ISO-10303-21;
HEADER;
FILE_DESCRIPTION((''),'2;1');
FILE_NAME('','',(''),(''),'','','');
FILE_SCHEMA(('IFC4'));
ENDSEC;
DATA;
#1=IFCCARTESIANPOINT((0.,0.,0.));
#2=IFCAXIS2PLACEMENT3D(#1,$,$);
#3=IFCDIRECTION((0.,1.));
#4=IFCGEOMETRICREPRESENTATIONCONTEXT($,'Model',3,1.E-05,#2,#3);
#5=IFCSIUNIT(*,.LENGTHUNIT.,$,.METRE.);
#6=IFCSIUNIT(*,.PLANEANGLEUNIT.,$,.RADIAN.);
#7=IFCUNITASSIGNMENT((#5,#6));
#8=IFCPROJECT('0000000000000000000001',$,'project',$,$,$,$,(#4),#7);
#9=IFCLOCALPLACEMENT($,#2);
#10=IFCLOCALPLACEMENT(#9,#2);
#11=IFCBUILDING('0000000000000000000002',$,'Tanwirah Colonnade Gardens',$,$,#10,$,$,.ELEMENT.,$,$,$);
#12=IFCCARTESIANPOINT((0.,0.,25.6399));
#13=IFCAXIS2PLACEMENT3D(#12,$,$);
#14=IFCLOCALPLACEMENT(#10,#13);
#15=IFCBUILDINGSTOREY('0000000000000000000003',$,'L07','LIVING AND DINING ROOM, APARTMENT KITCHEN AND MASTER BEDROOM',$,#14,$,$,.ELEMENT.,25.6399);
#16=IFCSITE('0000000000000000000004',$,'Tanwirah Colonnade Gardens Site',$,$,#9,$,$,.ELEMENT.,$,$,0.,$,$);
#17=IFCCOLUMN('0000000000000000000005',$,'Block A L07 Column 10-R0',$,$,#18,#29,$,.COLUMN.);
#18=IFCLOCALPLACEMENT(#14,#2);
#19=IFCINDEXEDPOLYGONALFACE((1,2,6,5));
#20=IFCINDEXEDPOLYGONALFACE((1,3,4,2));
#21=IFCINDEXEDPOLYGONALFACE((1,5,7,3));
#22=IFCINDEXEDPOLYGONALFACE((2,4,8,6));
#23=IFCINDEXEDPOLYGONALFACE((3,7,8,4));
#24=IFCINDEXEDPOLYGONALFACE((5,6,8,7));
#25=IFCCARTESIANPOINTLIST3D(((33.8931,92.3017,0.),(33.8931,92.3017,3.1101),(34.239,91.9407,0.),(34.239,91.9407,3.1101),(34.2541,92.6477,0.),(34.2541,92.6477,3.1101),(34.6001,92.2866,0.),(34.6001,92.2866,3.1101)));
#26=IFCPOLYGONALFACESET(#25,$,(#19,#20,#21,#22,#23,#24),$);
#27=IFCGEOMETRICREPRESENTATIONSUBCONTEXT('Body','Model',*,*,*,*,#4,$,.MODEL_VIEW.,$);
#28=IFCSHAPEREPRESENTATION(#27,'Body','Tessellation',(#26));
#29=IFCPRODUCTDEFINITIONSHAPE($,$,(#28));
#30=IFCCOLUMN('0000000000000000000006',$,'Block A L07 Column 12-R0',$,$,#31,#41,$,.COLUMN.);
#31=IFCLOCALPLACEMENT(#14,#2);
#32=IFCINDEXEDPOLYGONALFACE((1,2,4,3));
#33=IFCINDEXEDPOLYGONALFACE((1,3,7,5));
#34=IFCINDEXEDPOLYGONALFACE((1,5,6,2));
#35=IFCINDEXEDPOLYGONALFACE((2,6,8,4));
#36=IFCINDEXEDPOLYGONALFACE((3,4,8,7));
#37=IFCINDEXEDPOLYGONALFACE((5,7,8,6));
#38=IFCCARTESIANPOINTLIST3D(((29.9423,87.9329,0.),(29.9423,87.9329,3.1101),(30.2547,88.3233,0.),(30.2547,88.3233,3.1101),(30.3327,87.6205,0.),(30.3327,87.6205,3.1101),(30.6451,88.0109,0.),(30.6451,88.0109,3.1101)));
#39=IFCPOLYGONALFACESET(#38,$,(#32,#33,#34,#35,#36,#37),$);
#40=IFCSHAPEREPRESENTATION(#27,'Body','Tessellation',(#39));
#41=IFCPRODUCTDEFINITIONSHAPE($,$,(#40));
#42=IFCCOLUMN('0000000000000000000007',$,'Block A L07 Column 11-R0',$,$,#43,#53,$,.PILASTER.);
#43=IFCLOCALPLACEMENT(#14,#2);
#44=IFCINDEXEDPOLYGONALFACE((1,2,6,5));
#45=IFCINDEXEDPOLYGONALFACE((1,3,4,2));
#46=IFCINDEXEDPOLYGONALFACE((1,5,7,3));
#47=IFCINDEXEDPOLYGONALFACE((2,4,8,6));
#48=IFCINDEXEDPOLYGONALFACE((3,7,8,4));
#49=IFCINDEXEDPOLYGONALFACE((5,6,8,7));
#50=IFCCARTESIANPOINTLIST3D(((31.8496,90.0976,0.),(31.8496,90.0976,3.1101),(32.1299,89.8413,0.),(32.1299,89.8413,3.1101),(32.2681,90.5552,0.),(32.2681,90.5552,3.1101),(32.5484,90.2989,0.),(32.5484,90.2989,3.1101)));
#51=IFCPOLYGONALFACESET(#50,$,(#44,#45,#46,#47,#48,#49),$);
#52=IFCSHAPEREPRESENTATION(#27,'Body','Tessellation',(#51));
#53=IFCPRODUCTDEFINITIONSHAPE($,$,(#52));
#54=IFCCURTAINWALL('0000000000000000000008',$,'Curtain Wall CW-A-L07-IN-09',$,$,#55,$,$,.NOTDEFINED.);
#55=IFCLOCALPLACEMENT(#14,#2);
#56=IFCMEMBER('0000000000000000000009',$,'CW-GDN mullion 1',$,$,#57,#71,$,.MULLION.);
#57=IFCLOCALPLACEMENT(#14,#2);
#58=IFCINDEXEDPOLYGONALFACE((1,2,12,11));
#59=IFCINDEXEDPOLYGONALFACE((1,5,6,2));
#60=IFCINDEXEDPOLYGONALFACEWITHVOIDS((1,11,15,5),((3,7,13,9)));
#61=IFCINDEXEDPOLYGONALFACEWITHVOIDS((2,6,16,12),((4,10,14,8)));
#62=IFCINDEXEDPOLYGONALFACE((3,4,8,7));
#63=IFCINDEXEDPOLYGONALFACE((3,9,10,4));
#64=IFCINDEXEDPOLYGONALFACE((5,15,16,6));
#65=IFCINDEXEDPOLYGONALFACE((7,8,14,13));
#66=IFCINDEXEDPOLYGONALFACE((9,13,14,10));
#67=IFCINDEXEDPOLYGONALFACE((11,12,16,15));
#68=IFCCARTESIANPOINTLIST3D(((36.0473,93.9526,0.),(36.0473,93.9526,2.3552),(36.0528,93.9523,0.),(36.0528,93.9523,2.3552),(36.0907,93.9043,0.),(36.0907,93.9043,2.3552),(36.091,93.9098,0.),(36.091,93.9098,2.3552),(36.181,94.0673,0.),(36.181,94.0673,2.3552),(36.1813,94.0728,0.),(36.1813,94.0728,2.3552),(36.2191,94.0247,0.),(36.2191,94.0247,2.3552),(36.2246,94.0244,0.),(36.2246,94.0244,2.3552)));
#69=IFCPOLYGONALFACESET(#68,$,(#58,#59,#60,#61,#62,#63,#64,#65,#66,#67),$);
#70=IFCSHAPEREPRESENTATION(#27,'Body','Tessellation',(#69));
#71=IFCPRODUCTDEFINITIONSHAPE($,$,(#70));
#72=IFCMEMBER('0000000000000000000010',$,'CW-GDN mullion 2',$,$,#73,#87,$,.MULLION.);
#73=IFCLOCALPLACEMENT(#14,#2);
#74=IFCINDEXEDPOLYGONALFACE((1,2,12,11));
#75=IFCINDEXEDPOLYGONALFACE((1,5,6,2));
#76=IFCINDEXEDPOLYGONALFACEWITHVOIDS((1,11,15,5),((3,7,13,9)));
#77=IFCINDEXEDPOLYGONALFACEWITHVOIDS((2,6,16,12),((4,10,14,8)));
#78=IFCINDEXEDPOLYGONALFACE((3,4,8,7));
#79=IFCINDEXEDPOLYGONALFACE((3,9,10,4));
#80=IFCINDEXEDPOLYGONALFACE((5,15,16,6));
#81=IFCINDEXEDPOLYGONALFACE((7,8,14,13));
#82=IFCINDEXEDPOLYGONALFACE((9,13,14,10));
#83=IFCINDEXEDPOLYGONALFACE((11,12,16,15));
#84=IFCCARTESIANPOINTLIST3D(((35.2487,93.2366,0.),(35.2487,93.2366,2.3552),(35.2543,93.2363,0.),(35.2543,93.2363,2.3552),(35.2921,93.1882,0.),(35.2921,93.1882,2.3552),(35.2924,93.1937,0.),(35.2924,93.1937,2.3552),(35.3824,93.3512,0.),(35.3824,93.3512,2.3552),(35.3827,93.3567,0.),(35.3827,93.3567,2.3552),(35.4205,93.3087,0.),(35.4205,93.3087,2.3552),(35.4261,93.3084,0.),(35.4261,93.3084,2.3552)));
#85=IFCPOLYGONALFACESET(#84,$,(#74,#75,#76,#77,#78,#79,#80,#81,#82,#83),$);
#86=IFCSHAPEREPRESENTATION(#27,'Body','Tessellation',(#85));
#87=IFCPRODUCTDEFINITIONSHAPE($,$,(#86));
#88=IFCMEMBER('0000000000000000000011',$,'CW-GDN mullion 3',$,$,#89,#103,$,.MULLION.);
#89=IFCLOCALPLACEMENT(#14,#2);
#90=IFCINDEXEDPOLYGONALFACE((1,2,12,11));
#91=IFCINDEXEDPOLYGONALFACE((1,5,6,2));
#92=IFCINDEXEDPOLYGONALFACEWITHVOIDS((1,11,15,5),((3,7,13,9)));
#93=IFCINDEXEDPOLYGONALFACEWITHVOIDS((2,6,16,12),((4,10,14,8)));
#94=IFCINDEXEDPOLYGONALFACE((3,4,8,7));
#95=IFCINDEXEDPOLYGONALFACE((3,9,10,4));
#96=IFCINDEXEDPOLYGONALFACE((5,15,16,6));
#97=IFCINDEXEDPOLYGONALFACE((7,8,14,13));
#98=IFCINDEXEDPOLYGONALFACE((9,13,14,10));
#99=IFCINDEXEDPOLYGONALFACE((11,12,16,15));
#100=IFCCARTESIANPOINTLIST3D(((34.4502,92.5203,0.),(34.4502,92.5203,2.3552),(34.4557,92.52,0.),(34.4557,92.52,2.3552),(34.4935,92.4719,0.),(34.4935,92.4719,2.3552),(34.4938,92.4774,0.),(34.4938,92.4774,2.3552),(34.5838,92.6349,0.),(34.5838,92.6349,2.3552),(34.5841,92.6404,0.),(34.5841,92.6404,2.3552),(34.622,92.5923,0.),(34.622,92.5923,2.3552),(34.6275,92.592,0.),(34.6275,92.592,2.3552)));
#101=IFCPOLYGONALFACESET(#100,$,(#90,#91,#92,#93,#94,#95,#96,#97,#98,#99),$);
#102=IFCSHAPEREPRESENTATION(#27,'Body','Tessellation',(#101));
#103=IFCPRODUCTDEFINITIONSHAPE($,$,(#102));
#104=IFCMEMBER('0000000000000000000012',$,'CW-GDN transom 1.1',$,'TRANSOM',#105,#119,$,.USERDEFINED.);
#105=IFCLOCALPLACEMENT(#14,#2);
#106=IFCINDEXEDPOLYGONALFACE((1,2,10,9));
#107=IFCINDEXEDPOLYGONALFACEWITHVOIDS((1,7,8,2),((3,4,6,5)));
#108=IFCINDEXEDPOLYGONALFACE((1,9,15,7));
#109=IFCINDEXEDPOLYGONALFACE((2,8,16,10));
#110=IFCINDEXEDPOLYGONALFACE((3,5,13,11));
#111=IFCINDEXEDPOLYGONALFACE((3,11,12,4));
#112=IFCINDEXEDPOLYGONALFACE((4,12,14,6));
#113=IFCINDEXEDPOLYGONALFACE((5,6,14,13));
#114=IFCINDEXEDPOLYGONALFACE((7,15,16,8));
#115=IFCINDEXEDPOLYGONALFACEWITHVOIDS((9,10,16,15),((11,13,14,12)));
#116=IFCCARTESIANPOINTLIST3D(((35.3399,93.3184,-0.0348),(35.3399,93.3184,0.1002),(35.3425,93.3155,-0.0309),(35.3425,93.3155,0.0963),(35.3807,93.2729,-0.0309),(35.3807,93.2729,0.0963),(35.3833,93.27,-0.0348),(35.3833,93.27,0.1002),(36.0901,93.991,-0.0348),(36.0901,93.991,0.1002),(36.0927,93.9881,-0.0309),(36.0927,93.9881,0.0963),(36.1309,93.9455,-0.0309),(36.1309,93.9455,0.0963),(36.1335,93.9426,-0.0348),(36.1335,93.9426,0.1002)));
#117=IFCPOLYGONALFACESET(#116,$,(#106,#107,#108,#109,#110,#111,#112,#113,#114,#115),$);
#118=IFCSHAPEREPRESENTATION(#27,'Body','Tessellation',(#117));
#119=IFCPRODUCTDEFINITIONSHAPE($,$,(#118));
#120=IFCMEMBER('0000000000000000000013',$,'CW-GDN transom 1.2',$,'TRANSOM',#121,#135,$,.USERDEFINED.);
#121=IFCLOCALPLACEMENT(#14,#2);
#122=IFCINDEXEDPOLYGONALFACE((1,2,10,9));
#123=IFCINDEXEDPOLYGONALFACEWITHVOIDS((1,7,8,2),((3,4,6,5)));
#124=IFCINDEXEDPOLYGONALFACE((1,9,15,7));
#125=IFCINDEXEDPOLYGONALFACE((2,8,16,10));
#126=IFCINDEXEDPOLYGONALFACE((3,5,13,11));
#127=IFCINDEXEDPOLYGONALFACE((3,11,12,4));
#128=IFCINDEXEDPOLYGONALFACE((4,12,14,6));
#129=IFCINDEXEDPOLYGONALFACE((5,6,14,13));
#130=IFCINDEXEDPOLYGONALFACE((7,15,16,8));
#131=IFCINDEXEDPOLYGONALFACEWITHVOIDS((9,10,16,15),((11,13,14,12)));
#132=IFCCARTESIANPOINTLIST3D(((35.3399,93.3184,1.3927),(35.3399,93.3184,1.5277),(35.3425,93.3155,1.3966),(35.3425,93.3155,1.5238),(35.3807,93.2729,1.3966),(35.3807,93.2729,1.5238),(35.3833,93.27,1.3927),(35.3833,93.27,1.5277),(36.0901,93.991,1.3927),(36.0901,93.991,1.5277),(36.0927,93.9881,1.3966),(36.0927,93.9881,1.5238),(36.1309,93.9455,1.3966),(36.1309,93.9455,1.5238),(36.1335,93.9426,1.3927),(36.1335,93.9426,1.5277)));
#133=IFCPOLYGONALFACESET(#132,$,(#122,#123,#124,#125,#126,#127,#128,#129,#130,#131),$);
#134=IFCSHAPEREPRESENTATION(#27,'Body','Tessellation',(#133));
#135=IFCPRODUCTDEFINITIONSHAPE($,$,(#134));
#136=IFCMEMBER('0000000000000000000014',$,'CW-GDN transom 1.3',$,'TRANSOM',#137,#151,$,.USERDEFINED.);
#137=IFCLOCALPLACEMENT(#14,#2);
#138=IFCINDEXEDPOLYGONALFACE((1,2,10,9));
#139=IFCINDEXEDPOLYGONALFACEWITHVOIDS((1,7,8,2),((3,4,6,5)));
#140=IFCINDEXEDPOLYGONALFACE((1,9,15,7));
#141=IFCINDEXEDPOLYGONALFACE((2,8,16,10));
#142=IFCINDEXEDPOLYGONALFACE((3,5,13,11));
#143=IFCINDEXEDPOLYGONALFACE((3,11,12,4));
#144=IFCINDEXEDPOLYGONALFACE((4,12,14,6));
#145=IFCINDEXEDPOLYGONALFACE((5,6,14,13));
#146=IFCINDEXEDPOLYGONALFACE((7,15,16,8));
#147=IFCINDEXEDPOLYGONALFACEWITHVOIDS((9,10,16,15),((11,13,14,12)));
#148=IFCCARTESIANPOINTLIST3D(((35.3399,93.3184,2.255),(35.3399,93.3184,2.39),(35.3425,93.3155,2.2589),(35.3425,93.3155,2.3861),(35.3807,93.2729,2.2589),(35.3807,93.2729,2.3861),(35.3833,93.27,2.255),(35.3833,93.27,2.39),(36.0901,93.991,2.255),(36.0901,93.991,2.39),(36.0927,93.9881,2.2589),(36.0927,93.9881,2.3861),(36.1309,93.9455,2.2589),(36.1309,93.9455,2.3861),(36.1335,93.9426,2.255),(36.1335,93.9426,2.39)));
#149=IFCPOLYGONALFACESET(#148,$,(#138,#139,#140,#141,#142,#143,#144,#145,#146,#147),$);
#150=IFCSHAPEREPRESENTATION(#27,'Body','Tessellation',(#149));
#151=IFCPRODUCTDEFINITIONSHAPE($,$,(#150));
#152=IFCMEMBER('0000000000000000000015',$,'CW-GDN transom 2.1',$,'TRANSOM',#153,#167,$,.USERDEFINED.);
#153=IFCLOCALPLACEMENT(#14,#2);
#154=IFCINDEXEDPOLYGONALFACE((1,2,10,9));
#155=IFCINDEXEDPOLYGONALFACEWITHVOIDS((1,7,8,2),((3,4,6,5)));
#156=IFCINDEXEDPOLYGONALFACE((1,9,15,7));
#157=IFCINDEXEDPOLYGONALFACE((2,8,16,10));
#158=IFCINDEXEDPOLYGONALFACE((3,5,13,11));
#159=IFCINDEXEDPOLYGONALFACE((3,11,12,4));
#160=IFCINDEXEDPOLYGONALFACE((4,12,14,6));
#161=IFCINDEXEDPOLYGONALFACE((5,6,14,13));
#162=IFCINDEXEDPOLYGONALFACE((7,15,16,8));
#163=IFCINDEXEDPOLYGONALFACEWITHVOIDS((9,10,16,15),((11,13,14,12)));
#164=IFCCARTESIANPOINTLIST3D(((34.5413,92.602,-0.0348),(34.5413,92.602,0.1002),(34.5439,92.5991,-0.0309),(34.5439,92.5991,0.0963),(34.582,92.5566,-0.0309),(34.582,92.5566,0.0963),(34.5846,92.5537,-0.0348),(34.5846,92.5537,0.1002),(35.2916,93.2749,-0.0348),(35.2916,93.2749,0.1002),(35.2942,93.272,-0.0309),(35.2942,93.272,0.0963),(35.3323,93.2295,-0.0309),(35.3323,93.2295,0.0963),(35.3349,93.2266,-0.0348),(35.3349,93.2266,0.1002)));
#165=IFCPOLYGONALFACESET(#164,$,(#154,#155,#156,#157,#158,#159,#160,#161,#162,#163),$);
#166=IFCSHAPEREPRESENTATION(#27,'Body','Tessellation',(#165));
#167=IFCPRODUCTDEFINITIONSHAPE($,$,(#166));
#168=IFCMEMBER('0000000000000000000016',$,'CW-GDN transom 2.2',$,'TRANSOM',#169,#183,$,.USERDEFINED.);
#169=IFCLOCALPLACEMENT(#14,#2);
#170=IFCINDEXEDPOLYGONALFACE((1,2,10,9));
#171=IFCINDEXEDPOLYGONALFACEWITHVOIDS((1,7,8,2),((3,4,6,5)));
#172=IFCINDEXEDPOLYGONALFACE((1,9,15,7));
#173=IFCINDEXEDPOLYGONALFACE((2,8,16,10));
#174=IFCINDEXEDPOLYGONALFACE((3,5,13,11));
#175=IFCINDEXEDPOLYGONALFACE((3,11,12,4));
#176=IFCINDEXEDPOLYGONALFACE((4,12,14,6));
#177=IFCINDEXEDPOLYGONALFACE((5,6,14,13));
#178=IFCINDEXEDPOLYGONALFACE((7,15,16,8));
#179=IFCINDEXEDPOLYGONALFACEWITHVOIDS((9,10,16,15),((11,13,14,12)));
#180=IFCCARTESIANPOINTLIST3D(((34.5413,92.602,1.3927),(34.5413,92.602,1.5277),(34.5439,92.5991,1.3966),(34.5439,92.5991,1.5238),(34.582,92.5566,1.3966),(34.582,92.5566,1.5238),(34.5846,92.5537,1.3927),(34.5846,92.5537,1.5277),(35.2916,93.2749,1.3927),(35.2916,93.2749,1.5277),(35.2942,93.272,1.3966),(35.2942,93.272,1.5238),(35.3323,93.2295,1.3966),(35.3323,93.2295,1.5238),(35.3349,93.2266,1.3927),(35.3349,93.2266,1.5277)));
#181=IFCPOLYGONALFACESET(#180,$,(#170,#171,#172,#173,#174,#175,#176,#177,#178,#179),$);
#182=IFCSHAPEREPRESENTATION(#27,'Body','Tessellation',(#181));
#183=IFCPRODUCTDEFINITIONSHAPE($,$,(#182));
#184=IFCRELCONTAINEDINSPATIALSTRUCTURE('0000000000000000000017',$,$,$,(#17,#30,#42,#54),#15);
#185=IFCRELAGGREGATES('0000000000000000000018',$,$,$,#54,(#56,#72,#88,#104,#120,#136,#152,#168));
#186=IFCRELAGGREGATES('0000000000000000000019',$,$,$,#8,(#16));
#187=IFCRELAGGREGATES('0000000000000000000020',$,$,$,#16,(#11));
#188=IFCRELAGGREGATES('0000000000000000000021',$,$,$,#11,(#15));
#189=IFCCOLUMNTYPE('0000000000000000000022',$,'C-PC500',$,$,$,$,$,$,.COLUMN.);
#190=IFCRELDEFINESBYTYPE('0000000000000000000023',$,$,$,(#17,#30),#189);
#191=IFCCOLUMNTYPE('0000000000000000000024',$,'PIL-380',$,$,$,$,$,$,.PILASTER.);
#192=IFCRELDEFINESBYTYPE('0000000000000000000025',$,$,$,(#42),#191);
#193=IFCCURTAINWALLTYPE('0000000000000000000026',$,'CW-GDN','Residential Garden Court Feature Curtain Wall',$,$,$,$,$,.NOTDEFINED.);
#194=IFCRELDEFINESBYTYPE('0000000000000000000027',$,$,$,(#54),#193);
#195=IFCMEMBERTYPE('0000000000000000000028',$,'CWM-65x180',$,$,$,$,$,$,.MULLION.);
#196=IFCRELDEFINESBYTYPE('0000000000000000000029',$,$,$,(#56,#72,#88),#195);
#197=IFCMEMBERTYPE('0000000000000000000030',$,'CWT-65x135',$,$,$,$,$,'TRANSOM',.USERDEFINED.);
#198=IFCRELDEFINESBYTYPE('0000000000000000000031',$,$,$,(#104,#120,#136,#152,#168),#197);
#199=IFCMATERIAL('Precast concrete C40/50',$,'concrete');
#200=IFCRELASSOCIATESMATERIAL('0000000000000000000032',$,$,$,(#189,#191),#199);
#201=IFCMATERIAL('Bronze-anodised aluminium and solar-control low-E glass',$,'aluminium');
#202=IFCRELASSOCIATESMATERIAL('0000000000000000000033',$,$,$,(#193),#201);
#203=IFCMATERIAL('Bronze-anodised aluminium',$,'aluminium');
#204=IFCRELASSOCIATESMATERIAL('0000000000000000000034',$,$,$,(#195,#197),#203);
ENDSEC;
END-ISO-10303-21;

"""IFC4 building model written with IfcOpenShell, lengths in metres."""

from ifc_helpers import new_model, si_unit, direction, frame, origin, origin_2d, place, context, subcontext, project, spatial, rectangle, hollow_rectangle, extrude, material, material_profile, profile_set, type_object, element, aggregate, save


model = new_model("IFC4")

# Units and contexts
model_context = context("Model", 3, precision=1e-05, world=origin(), true_north=direction((0.0, 1.0)))
body_context = subcontext(model_context, "Body", "Model", "MODEL_VIEW")
ifc_project = project(units=[si_unit("LENGTHUNIT", "METRE"), si_unit("PLANEANGLEUNIT", "RADIAN")], contexts=[model_context])

# Site, building, storey
site_placement = place(None, origin())
site = spatial("IfcSite", under=ifc_project, at=site_placement, Name="Tanwirah Colonnade Gardens Site", CompositionType="ELEMENT", RefElevation=0.0)
building_placement = place(site_placement, origin())
building = spatial("IfcBuilding", under=site, at=building_placement, Name="Tanwirah Colonnade Gardens", CompositionType="ELEMENT")
storey_placement = place(building_placement, frame((0.0, 0.0, 25.6399)))
storey = spatial("IfcBuildingStorey", under=building, at=storey_placement, Name="L07", Description="LIVING AND DINING ROOM, APARTMENT KITCHEN AND MASTER BEDROOM", CompositionType="ELEMENT", Elevation=25.6399)

# Columns
ifc_material_1 = material(Name="Precast concrete C40/50", Category="concrete")
ifc_material_profile_1 = material_profile(ifc_material_1, rectangle(XDim=0.5, YDim=0.5, at=origin_2d()), Name="PC-COL 500x500")
ifc_profile_set_1 = profile_set([ifc_material_profile_1], Name="Precast concrete C40/50")
column_type_1 = type_object("IfcColumnType", Name="C-PC500", PredefinedType="COLUMN", material=ifc_profile_set_1)
for number, where, z_axis, x_axis, name in (
    (1, (34.2466, 92.2942, 0.0), (0.0, 0.0, 1.0), (-0.691863, 0.722029, 0.0), "Block A L07 Column 10-R0"),
    (2, (30.2937, 87.9719, 0.0), (0.0, 0.0, 1.0), (-0.780794, 0.624788, 0.0), "Block A L07 Column 12-R0"),
):
    element("IfcColumn", number, at=place(storey_placement, frame(where, z_axis=z_axis, x_axis=x_axis)), inside=storey, type_object=column_type_1, Name=name, PredefinedType="COLUMN", context=body_context, shape_type="SweptSolid", body=[
        extrude(rectangle(XDim=0.5, YDim=0.5, at=origin_2d()), origin(), (0.0, 0.0, 1.0), 3.1101),
    ])
ifc_material_profile_2 = material_profile(ifc_material_1, rectangle(XDim=0.3799, YDim=0.6201, at=origin_2d()), Name="PC-PIL 380x620")
ifc_profile_set_2 = profile_set([ifc_material_profile_2], Name="Precast concrete C40/50")
column_type_2 = type_object("IfcColumnType", Name="PIL-380", PredefinedType="PILASTER", material=ifc_profile_set_2)
column_placement = place(storey_placement, frame((32.199, 90.1982, 0.0), z_axis=(0.0, 0.0, 1.0), x_axis=(-0.737932, 0.674875, 0.0)))
element("IfcColumn", 3, at=column_placement, inside=storey, type_object=column_type_2, Name="Block A L07 Column 11-R0", PredefinedType="PILASTER", context=body_context, shape_type="SweptSolid", body=[
    extrude(rectangle(XDim=0.3799, YDim=0.6201, at=origin_2d()), origin(), (0.0, 0.0, 1.0), 3.1101),
])

# Curtain wall, members
ifc_material_2 = material(Name="Bronze-anodised aluminium and solar-control low-E glass", Category="aluminium")
curtain_wall_type = type_object("IfcCurtainWallType", Name="CW-GDN", Description="Residential Garden Court Feature Curtain Wall", PredefinedType="NOTDEFINED", material=ifc_material_2)
curtain_wall_placement = place(storey_placement, origin())
curtain_wall = element("IfcCurtainWall", 4, at=curtain_wall_placement, inside=storey, type_object=curtain_wall_type, Name="Curtain Wall CW-A-L07-IN-09", PredefinedType="NOTDEFINED")
ifc_material_3 = material(Name="Bronze-anodised aluminium", Category="aluminium")
ifc_material_profile_3 = material_profile(ifc_material_3, hollow_rectangle(XDim=0.0649, YDim=0.1799, WallThickness=0.0039, at=origin_2d()), Name="CW-MUL 65x180x4")
ifc_profile_set_3 = profile_set([ifc_material_profile_3], Name="Bronze-anodised aluminium")
member_type_1 = type_object("IfcMemberType", Name="CWM-65x180", PredefinedType="MULLION", material=ifc_profile_set_3)
member_1_placement = place(storey_placement, frame((36.136, 93.9885, 0.0), z_axis=(0.0, 0.0, 1.0), x_axis=(0.667689, -0.74444, 0.0)))
member_1 = element("IfcMember", 5, at=member_1_placement, type_object=member_type_1, Name="CW-GDN mullion 1", PredefinedType="MULLION", context=body_context, shape_type="SweptSolid", body=[
    extrude(hollow_rectangle(XDim=0.0649, YDim=0.1799, WallThickness=0.0039, at=origin_2d()), origin(), (0.0, 0.0, 1.0), 2.3552),
])
member_2_placement = place(storey_placement, frame((35.3374, 93.2725, 0.0), z_axis=(0.0, 0.0, 1.0), x_axis=(0.667689, -0.74444, 0.0)))
member_2 = element("IfcMember", 6, at=member_2_placement, type_object=member_type_1, Name="CW-GDN mullion 2", PredefinedType="MULLION", context=body_context, shape_type="SweptSolid", body=[
    extrude(hollow_rectangle(XDim=0.0649, YDim=0.1799, WallThickness=0.0039, at=origin_2d()), origin(), (0.0, 0.0, 1.0), 2.3552),
])
member_3_placement = place(storey_placement, frame((34.5388, 92.5562, 0.0), z_axis=(0.0, 0.0, 1.0), x_axis=(0.667689, -0.74444, 0.0)))
member_3 = element("IfcMember", 7, at=member_3_placement, type_object=member_type_1, Name="CW-GDN mullion 3", PredefinedType="MULLION", context=body_context, shape_type="SweptSolid", body=[
    extrude(hollow_rectangle(XDim=0.0649, YDim=0.1799, WallThickness=0.0039, at=origin_2d()), origin(), (0.0, 0.0, 1.0), 2.3552),
])
ifc_material_profile_4 = material_profile(ifc_material_3, hollow_rectangle(XDim=0.0649, YDim=0.135, WallThickness=0.0039, at=origin_2d()), Name="CW-TRN 65x135x4")
ifc_profile_set_4 = profile_set([ifc_material_profile_4], Name="Bronze-anodised aluminium")
member_type_2 = type_object("IfcMemberType", Name="CWT-65x135", ElementType="TRANSOM", PredefinedType="USERDEFINED", material=ifc_profile_set_4)
member_4_placement = place(storey_placement, frame((36.1118, 93.9668, 0.0327), z_axis=(-0.744582, -0.667531, 0.0), x_axis=(0.667531, -0.744582, 0.0)))
member_4 = element("IfcMember", 8, at=member_4_placement, type_object=member_type_2, Name="CW-GDN transom 1.1", ObjectType="TRANSOM", PredefinedType="USERDEFINED", context=body_context, shape_type="SweptSolid", body=[
    extrude(hollow_rectangle(XDim=0.0649, YDim=0.135, WallThickness=0.0039, at=origin_2d()), origin(), (0.0, 0.0, 1.0), 1.0076),
])
member_5_placement = place(storey_placement, frame((36.1118, 93.9668, 1.4602), z_axis=(-0.744582, -0.667531, 0.0), x_axis=(0.667531, -0.744582, 0.0)))
member_5 = element("IfcMember", 9, at=member_5_placement, type_object=member_type_2, Name="CW-GDN transom 1.2", ObjectType="TRANSOM", PredefinedType="USERDEFINED", context=body_context, shape_type="SweptSolid", body=[
    extrude(hollow_rectangle(XDim=0.0649, YDim=0.135, WallThickness=0.0039, at=origin_2d()), origin(), (0.0, 0.0, 1.0), 1.0076),
])
member_6_placement = place(storey_placement, frame((36.1118, 93.9668, 2.3225), z_axis=(-0.744582, -0.667531, 0.0), x_axis=(0.667531, -0.744582, 0.0)))
member_6 = element("IfcMember", 10, at=member_6_placement, type_object=member_type_2, Name="CW-GDN transom 1.3", ObjectType="TRANSOM", PredefinedType="USERDEFINED", context=body_context, shape_type="SweptSolid", body=[
    extrude(hollow_rectangle(XDim=0.0649, YDim=0.135, WallThickness=0.0039, at=origin_2d()), origin(), (0.0, 0.0, 1.0), 1.0076),
])
member_7_placement = place(storey_placement, frame((35.3132, 93.2507, 0.0327), z_axis=(-0.744461, -0.667665, 0.0), x_axis=(0.667665, -0.744461, 0.0)))
member_7 = element("IfcMember", 11, at=member_7_placement, type_object=member_type_2, Name="CW-GDN transom 2.1", ObjectType="TRANSOM", PredefinedType="USERDEFINED", context=body_context, shape_type="SweptSolid", body=[
    extrude(hollow_rectangle(XDim=0.0649, YDim=0.135, WallThickness=0.0039, at=origin_2d()), origin(), (0.0, 0.0, 1.0), 1.0078),
])
member_8_placement = place(storey_placement, frame((35.3132, 93.2507, 1.4602), z_axis=(-0.744461, -0.667665, 0.0), x_axis=(0.667665, -0.744461, 0.0)))
member_8 = element("IfcMember", 12, at=member_8_placement, type_object=member_type_2, Name="CW-GDN transom 2.2", ObjectType="TRANSOM", PredefinedType="USERDEFINED", context=body_context, shape_type="SweptSolid", body=[
    extrude(hollow_rectangle(XDim=0.0649, YDim=0.135, WallThickness=0.0039, at=origin_2d()), origin(), (0.0, 0.0, 1.0), 1.0078),
])

aggregate(curtain_wall, [member_1, member_2, member_3, member_4, member_5, member_6, member_7, member_8])

save(model, "model.ifc")
